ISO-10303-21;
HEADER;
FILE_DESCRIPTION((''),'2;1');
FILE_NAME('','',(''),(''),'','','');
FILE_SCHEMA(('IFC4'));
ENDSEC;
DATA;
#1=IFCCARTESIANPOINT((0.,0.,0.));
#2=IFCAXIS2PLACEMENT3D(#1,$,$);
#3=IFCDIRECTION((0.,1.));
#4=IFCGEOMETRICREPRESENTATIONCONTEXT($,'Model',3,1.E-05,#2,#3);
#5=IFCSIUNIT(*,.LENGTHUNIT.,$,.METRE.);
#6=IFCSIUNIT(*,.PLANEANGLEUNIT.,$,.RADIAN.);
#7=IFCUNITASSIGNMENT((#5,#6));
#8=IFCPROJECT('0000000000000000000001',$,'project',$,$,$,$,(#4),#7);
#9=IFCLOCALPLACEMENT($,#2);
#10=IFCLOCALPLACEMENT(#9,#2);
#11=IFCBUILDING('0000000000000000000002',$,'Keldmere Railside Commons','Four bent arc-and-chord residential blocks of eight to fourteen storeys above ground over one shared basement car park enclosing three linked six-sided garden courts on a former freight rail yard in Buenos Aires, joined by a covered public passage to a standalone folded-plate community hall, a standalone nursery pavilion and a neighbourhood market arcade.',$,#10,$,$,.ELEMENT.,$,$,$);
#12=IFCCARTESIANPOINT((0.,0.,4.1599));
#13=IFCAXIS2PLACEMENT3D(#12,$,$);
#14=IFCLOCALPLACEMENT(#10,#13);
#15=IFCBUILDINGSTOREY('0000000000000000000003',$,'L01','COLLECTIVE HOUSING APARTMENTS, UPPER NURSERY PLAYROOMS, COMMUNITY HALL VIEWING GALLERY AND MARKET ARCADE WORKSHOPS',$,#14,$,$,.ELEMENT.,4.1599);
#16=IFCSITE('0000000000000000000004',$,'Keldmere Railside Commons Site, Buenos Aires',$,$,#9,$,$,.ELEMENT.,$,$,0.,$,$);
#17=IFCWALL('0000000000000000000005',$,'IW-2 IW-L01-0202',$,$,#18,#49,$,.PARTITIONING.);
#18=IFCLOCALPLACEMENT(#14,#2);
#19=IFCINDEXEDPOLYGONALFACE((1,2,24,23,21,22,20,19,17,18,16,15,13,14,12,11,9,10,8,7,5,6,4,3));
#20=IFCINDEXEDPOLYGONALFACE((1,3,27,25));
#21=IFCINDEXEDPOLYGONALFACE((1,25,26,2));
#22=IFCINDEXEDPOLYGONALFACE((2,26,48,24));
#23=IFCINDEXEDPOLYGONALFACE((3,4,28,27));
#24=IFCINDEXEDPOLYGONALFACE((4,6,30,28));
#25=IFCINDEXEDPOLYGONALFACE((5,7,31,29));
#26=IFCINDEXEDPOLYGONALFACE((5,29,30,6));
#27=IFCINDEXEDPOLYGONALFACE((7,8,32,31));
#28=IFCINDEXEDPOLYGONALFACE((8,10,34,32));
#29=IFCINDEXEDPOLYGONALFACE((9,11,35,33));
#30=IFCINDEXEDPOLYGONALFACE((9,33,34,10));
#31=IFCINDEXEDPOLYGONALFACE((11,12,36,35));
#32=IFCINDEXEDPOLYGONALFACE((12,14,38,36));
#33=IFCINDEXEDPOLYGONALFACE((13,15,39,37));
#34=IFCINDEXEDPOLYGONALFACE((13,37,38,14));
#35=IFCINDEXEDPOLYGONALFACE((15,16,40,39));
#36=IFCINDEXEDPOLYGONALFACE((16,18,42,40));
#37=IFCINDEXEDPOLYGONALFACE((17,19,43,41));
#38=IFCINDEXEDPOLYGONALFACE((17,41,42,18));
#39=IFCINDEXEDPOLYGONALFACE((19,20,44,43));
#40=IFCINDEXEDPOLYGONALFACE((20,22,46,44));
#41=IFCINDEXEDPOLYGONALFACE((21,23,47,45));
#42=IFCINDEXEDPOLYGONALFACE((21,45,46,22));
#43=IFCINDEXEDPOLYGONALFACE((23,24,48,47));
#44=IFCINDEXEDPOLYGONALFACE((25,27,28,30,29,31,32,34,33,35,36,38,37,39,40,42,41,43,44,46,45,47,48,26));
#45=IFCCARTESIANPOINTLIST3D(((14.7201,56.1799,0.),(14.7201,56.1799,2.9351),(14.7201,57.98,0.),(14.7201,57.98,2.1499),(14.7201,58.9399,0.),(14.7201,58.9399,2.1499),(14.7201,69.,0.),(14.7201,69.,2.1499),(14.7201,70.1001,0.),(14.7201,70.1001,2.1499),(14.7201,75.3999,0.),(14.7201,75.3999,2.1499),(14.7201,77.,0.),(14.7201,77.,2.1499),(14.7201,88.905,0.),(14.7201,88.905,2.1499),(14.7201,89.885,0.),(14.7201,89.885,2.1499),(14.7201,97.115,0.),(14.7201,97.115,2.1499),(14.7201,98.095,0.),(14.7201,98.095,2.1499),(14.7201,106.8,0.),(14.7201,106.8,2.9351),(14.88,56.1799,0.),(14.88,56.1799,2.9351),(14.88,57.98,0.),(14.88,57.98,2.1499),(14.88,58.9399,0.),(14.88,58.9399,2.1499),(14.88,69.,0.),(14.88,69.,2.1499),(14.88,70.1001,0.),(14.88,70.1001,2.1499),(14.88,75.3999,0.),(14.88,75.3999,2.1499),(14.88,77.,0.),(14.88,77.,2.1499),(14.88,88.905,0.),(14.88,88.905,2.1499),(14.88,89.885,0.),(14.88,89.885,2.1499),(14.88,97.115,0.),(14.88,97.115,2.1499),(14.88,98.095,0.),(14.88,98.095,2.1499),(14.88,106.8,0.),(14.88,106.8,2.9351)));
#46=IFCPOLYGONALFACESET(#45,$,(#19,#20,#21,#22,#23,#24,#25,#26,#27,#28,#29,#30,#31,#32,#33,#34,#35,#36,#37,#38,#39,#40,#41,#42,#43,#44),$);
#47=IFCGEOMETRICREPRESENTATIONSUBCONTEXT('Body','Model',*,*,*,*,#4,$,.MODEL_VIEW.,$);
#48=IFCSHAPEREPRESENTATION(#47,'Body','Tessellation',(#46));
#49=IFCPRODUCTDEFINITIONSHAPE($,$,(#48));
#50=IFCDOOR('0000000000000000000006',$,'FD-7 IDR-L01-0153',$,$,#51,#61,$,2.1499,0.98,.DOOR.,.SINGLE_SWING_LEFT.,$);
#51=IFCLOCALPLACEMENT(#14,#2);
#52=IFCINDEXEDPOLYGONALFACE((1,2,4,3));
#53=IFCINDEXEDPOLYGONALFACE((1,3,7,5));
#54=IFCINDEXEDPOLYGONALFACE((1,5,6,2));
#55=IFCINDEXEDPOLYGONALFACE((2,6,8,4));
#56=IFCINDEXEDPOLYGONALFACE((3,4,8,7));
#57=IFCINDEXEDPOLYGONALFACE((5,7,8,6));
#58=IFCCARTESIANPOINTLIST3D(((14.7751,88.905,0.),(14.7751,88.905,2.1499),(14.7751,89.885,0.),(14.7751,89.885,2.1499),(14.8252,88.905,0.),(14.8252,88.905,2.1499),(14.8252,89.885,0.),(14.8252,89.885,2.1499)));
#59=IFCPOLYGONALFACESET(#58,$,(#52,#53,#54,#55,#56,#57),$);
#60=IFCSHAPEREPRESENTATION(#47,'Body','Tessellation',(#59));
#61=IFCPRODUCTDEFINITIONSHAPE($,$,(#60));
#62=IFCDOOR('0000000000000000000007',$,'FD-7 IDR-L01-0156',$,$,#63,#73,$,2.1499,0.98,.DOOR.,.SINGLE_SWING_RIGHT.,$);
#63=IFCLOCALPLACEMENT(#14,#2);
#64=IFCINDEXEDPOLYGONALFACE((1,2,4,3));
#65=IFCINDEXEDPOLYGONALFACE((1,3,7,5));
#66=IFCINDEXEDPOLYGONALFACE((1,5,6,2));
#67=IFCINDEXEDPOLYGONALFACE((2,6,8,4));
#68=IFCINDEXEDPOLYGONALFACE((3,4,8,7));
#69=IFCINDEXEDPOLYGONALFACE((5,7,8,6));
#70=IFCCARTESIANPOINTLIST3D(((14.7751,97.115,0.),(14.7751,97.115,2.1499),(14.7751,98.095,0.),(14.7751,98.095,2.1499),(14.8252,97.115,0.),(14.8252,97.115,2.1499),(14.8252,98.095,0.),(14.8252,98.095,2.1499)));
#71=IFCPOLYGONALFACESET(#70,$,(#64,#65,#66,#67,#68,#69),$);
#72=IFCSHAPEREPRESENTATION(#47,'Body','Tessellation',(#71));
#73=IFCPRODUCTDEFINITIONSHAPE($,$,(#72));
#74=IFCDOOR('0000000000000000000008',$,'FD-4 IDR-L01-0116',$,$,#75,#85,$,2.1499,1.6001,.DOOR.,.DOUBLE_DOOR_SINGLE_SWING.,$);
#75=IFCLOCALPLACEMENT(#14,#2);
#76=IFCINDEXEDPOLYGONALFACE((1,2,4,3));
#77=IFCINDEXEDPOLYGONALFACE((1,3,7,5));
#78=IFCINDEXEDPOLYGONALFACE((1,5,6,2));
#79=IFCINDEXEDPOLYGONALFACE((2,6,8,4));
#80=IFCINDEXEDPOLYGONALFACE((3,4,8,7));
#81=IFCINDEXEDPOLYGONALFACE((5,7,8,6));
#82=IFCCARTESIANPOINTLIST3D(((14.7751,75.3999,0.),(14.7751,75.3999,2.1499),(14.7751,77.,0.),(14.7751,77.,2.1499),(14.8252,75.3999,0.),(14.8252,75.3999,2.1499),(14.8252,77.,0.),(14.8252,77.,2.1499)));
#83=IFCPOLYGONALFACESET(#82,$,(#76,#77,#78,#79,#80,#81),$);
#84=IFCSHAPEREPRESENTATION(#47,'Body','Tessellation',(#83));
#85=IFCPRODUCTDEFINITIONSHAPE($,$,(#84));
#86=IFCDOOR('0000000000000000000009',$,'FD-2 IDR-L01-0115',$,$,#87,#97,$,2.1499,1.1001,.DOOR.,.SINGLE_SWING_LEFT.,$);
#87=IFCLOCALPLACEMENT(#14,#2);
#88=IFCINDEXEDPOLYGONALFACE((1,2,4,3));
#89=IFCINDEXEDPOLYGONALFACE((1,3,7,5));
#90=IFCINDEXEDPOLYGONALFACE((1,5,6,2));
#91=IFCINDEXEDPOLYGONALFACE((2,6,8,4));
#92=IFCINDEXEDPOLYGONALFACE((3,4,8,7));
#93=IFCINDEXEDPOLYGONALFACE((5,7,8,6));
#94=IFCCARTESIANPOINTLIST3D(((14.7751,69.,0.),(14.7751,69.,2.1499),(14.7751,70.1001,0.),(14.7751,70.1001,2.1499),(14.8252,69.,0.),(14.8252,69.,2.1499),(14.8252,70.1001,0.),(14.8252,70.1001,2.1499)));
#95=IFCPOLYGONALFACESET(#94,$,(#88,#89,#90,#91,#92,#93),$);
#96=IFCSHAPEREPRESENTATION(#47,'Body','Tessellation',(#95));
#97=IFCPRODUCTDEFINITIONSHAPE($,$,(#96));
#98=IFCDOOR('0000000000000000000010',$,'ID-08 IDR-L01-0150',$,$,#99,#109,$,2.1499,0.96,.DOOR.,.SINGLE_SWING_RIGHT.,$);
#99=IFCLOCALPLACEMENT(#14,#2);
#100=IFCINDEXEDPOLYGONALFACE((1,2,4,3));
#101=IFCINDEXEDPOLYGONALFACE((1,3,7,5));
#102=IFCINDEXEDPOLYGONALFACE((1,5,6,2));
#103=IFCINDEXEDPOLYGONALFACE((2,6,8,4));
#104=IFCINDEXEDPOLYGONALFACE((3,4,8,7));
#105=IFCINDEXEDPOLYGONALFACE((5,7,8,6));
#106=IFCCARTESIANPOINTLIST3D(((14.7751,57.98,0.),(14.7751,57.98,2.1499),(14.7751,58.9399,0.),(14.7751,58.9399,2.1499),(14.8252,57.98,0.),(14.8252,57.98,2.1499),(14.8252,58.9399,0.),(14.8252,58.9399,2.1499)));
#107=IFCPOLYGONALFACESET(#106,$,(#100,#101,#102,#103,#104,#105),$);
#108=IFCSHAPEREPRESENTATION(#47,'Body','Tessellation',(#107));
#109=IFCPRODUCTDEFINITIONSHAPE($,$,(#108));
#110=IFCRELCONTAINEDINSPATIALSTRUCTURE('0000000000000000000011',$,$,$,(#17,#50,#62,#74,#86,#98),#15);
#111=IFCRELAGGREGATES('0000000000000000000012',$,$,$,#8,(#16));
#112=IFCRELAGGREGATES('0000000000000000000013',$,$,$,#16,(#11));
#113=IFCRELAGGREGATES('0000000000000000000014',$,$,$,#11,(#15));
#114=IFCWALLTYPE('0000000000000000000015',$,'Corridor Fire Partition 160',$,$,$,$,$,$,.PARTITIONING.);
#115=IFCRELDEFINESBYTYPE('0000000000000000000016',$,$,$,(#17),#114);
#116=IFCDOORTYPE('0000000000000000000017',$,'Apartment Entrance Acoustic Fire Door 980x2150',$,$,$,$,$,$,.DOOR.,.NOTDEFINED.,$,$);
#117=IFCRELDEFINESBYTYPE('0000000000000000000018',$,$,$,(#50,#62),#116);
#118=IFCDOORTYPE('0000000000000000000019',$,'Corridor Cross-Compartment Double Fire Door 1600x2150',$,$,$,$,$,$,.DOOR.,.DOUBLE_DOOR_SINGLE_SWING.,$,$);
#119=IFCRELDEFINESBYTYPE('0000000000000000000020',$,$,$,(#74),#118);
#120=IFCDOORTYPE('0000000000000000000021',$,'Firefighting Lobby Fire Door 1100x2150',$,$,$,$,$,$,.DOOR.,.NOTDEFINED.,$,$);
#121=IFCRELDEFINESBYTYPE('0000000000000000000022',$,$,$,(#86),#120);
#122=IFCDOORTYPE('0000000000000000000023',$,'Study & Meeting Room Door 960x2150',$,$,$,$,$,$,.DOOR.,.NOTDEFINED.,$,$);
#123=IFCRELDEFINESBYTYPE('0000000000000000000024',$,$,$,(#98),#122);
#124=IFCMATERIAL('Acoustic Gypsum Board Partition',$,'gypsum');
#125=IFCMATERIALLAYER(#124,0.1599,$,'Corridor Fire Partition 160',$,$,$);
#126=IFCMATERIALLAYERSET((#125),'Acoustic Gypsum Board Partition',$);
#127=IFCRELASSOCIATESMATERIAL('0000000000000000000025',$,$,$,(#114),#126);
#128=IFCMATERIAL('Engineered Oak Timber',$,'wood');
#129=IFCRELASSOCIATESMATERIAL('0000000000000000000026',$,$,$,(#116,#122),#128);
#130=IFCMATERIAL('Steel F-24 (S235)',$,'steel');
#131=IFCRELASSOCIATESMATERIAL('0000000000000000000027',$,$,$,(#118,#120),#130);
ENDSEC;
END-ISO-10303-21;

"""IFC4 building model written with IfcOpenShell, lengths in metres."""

from ifc_helpers import new_model, si_unit, direction, frame, frame_2d, origin, place, context, subcontext, project, spatial, rectangle, extrude, material, layer, layer_set, type_object, element, fill, save


model = new_model("IFC4")

# Units and contexts
model_context = context("Model", 3, precision=1e-05, world=origin(), true_north=direction((0.0, 1.0)))
body_context = subcontext(model_context, "Body", "Model", "MODEL_VIEW")
ifc_project = project(units=[si_unit("LENGTHUNIT", "METRE"), si_unit("PLANEANGLEUNIT", "RADIAN")], contexts=[model_context])

# Site, building, storey
site_placement = place(None, origin())
site = spatial("IfcSite", under=ifc_project, at=site_placement, Name="Keldmere Railside Commons Site, Buenos Aires", CompositionType="ELEMENT", RefElevation=0.0)
building_placement = place(site_placement, origin())
building = spatial("IfcBuilding", under=site, at=building_placement, Name="Keldmere Railside Commons", Description="Four bent arc-and-chord residential blocks of eight to fourteen storeys above ground over one shared basement car park enclosing three linked six-sided garden courts on a former freight rail yard in Buenos Aires, joined by a covered public passage to a standalone folded-plate community hall, a standalone nursery pavilion and a neighbourhood market arcade.", CompositionType="ELEMENT")
storey_placement = place(building_placement, frame((0.0, 0.0, 4.1599)))
storey = spatial("IfcBuildingStorey", under=building, at=storey_placement, Name="L01", Description="COLLECTIVE HOUSING APARTMENTS, UPPER NURSERY PLAYROOMS, COMMUNITY HALL VIEWING GALLERY AND MARKET ARCADE WORKSHOPS", CompositionType="ELEMENT", Elevation=4.1599)

# Wall, openings, doors
ifc_material_1 = material(Name="Acoustic Gypsum Board Partition", Category="gypsum")
ifc_layer = layer(ifc_material_1, 0.1599, Name="Corridor Fire Partition 160")
ifc_layer_set = layer_set([ifc_layer], Name="Acoustic Gypsum Board Partition")
wall_type = type_object("IfcWallType", Name="Corridor Fire Partition 160", PredefinedType="PARTITIONING", material=ifc_layer_set)
wall_1_placement = place(storey_placement, frame((14.8, 56.1799, 0.0), z_axis=(0.0, 0.0, 1.0), x_axis=(0.0, 1.0, 0.0)))
wall_1 = element("IfcWall", 1, at=wall_1_placement, inside=storey, type_object=wall_type, Name="IW-2 IW-L01-0202", PredefinedType="PARTITIONING", context=body_context, shape_type="SweptSolid", body=[
    extrude(rectangle(XDim=50.6201, YDim=0.1599, at=frame_2d((25.3101, 0.0))), origin(), (0.0, 0.0, 1.0), 2.9351),
])
opening_1_placement = place(wall_1_placement, frame((12.8201, 0.0, 0.0)))
opening_1 = element("IfcOpeningElement", 2, at=opening_1_placement, cuts=wall_1, PredefinedType="OPENING", context=body_context, shape_type="SweptSolid", body=[
    extrude(rectangle(XDim=1.1001, YDim=2.1499, at=frame_2d((0.55, 1.075))), frame((0.0, 0.0898, 0.0), z_axis=(0.0, -1.0, 0.0), x_axis=(1.0, 0.0, 0.0)), (0.0, 0.0, 1.0), 0.1799),
])
opening_2_placement = place(wall_1_placement, frame((19.22, 0.0, 0.0)))
opening_2 = element("IfcOpeningElement", 3, at=opening_2_placement, cuts=wall_1, PredefinedType="OPENING", context=body_context, shape_type="SweptSolid", body=[
    extrude(rectangle(XDim=1.6001, YDim=2.1499, at=frame_2d((0.8, 1.075))), frame((0.0, 0.0898, 0.0), z_axis=(0.0, -1.0, 0.0), x_axis=(1.0, 0.0, 0.0)), (0.0, 0.0, 1.0), 0.1799),
])
opening_3_placement = place(wall_1_placement, frame((1.8, 0.0, 0.0)))
opening_3 = element("IfcOpeningElement", 4, at=opening_3_placement, cuts=wall_1, PredefinedType="OPENING", context=body_context, shape_type="SweptSolid", body=[
    extrude(rectangle(XDim=0.96, YDim=2.1499, at=frame_2d((0.48, 1.075))), frame((0.0, 0.0898, 0.0), z_axis=(0.0, -1.0, 0.0), x_axis=(1.0, 0.0, 0.0)), (0.0, 0.0, 1.0), 0.1799),
])
opening_4_placement = place(wall_1_placement, frame((32.7251, 0.0, 0.0)))
opening_4 = element("IfcOpeningElement", 5, at=opening_4_placement, cuts=wall_1, PredefinedType="OPENING", context=body_context, shape_type="SweptSolid", body=[
    extrude(rectangle(XDim=0.98, YDim=2.1499, at=frame_2d((0.49, 1.075))), frame((0.0, 0.0898, 0.0), z_axis=(0.0, -1.0, 0.0), x_axis=(1.0, 0.0, 0.0)), (0.0, 0.0, 1.0), 0.1799),
])
opening_5_placement = place(wall_1_placement, frame((40.9351, 0.0, 0.0)))
opening_5 = element("IfcOpeningElement", 6, at=opening_5_placement, cuts=wall_1, PredefinedType="OPENING", context=body_context, shape_type="SweptSolid", body=[
    extrude(rectangle(XDim=0.98, YDim=2.1499, at=frame_2d((0.49, 1.075))), frame((0.0, 0.0898, 0.0), z_axis=(0.0, -1.0, 0.0), x_axis=(1.0, 0.0, 0.0)), (0.0, 0.0, 1.0), 0.1799),
])
ifc_material_2 = material(Name="Engineered Oak Timber", Category="wood")
door_type_1 = type_object("IfcDoorType", Name="Apartment Entrance Acoustic Fire Door 980x2150", OperationType="NOTDEFINED", PredefinedType="DOOR", material=ifc_material_2)
door_1_placement = place(opening_4_placement, origin())
door_1 = element("IfcDoor", 7, at=door_1_placement, inside=storey, type_object=door_type_1, Name="FD-7 IDR-L01-0153", OperationType="SINGLE_SWING_LEFT", OverallHeight=2.1499, OverallWidth=0.98, PredefinedType="DOOR", context=body_context, shape_type="SweptSolid", body=[
    extrude(rectangle(XDim=0.98, YDim=2.1499, at=frame_2d((0.49, 1.075))), frame((0.0, 0.0249, 0.0), z_axis=(0.0, -1.0, 0.0), x_axis=(1.0, 0.0, 0.0)), (0.0, 0.0, 1.0), 0.05),
])
fill(opening_4, door_1)
door_2_placement = place(opening_5_placement, origin())
door_2 = element("IfcDoor", 8, at=door_2_placement, inside=storey, type_object=door_type_1, Name="FD-7 IDR-L01-0156", OperationType="SINGLE_SWING_RIGHT", OverallHeight=2.1499, OverallWidth=0.98, PredefinedType="DOOR", context=body_context, shape_type="SweptSolid", body=[
    extrude(rectangle(XDim=0.98, YDim=2.1499, at=frame_2d((0.49, 1.075))), frame((0.0, 0.0249, 0.0), z_axis=(0.0, -1.0, 0.0), x_axis=(1.0, 0.0, 0.0)), (0.0, 0.0, 1.0), 0.05),
])
fill(opening_5, door_2)
ifc_material_3 = material(Name="Steel F-24 (S235)", Category="steel")
door_type_2 = type_object("IfcDoorType", Name="Corridor Cross-Compartment Double Fire Door 1600x2150", OperationType="DOUBLE_DOOR_SINGLE_SWING", PredefinedType="DOOR", material=ifc_material_3)
door_3_placement = place(opening_2_placement, origin())
door_3 = element("IfcDoor", 9, at=door_3_placement, inside=storey, type_object=door_type_2, Name="FD-4 IDR-L01-0116", OperationType="DOUBLE_DOOR_SINGLE_SWING", OverallHeight=2.1499, OverallWidth=1.6001, PredefinedType="DOOR", context=body_context, shape_type="SweptSolid", body=[
    extrude(rectangle(XDim=1.6001, YDim=2.1499, at=frame_2d((0.8, 1.075))), frame((0.0, 0.0249, 0.0), z_axis=(0.0, -1.0, 0.0), x_axis=(1.0, 0.0, 0.0)), (0.0, 0.0, 1.0), 0.05),
])
fill(opening_2, door_3)
door_type_3 = type_object("IfcDoorType", Name="Firefighting Lobby Fire Door 1100x2150", OperationType="NOTDEFINED", PredefinedType="DOOR", material=ifc_material_3)
door_4_placement = place(opening_1_placement, origin())
door_4 = element("IfcDoor", 10, at=door_4_placement, inside=storey, type_object=door_type_3, Name="FD-2 IDR-L01-0115", OperationType="SINGLE_SWING_LEFT", OverallHeight=2.1499, OverallWidth=1.1001, PredefinedType="DOOR", context=body_context, shape_type="SweptSolid", body=[
    extrude(rectangle(XDim=1.1001, YDim=2.1499, at=frame_2d((0.55, 1.075))), frame((0.0, 0.0249, 0.0), z_axis=(0.0, -1.0, 0.0), x_axis=(1.0, 0.0, 0.0)), (0.0, 0.0, 1.0), 0.05),
])
fill(opening_1, door_4)
door_type_4 = type_object("IfcDoorType", Name="Study & Meeting Room Door 960x2150", OperationType="NOTDEFINED", PredefinedType="DOOR", material=ifc_material_2)
door_5_placement = place(opening_3_placement, origin())
door_5 = element("IfcDoor", 11, at=door_5_placement, inside=storey, type_object=door_type_4, Name="ID-08 IDR-L01-0150", OperationType="SINGLE_SWING_RIGHT", OverallHeight=2.1499, OverallWidth=0.96, PredefinedType="DOOR", context=body_context, shape_type="SweptSolid", body=[
    extrude(rectangle(XDim=0.96, YDim=2.1499, at=frame_2d((0.48, 1.075))), frame((0.0, 0.0249, 0.0), z_axis=(0.0, -1.0, 0.0), x_axis=(1.0, 0.0, 0.0)), (0.0, 0.0, 1.0), 0.05),
])
fill(opening_3, door_5)

save(model, "model.ifc")
